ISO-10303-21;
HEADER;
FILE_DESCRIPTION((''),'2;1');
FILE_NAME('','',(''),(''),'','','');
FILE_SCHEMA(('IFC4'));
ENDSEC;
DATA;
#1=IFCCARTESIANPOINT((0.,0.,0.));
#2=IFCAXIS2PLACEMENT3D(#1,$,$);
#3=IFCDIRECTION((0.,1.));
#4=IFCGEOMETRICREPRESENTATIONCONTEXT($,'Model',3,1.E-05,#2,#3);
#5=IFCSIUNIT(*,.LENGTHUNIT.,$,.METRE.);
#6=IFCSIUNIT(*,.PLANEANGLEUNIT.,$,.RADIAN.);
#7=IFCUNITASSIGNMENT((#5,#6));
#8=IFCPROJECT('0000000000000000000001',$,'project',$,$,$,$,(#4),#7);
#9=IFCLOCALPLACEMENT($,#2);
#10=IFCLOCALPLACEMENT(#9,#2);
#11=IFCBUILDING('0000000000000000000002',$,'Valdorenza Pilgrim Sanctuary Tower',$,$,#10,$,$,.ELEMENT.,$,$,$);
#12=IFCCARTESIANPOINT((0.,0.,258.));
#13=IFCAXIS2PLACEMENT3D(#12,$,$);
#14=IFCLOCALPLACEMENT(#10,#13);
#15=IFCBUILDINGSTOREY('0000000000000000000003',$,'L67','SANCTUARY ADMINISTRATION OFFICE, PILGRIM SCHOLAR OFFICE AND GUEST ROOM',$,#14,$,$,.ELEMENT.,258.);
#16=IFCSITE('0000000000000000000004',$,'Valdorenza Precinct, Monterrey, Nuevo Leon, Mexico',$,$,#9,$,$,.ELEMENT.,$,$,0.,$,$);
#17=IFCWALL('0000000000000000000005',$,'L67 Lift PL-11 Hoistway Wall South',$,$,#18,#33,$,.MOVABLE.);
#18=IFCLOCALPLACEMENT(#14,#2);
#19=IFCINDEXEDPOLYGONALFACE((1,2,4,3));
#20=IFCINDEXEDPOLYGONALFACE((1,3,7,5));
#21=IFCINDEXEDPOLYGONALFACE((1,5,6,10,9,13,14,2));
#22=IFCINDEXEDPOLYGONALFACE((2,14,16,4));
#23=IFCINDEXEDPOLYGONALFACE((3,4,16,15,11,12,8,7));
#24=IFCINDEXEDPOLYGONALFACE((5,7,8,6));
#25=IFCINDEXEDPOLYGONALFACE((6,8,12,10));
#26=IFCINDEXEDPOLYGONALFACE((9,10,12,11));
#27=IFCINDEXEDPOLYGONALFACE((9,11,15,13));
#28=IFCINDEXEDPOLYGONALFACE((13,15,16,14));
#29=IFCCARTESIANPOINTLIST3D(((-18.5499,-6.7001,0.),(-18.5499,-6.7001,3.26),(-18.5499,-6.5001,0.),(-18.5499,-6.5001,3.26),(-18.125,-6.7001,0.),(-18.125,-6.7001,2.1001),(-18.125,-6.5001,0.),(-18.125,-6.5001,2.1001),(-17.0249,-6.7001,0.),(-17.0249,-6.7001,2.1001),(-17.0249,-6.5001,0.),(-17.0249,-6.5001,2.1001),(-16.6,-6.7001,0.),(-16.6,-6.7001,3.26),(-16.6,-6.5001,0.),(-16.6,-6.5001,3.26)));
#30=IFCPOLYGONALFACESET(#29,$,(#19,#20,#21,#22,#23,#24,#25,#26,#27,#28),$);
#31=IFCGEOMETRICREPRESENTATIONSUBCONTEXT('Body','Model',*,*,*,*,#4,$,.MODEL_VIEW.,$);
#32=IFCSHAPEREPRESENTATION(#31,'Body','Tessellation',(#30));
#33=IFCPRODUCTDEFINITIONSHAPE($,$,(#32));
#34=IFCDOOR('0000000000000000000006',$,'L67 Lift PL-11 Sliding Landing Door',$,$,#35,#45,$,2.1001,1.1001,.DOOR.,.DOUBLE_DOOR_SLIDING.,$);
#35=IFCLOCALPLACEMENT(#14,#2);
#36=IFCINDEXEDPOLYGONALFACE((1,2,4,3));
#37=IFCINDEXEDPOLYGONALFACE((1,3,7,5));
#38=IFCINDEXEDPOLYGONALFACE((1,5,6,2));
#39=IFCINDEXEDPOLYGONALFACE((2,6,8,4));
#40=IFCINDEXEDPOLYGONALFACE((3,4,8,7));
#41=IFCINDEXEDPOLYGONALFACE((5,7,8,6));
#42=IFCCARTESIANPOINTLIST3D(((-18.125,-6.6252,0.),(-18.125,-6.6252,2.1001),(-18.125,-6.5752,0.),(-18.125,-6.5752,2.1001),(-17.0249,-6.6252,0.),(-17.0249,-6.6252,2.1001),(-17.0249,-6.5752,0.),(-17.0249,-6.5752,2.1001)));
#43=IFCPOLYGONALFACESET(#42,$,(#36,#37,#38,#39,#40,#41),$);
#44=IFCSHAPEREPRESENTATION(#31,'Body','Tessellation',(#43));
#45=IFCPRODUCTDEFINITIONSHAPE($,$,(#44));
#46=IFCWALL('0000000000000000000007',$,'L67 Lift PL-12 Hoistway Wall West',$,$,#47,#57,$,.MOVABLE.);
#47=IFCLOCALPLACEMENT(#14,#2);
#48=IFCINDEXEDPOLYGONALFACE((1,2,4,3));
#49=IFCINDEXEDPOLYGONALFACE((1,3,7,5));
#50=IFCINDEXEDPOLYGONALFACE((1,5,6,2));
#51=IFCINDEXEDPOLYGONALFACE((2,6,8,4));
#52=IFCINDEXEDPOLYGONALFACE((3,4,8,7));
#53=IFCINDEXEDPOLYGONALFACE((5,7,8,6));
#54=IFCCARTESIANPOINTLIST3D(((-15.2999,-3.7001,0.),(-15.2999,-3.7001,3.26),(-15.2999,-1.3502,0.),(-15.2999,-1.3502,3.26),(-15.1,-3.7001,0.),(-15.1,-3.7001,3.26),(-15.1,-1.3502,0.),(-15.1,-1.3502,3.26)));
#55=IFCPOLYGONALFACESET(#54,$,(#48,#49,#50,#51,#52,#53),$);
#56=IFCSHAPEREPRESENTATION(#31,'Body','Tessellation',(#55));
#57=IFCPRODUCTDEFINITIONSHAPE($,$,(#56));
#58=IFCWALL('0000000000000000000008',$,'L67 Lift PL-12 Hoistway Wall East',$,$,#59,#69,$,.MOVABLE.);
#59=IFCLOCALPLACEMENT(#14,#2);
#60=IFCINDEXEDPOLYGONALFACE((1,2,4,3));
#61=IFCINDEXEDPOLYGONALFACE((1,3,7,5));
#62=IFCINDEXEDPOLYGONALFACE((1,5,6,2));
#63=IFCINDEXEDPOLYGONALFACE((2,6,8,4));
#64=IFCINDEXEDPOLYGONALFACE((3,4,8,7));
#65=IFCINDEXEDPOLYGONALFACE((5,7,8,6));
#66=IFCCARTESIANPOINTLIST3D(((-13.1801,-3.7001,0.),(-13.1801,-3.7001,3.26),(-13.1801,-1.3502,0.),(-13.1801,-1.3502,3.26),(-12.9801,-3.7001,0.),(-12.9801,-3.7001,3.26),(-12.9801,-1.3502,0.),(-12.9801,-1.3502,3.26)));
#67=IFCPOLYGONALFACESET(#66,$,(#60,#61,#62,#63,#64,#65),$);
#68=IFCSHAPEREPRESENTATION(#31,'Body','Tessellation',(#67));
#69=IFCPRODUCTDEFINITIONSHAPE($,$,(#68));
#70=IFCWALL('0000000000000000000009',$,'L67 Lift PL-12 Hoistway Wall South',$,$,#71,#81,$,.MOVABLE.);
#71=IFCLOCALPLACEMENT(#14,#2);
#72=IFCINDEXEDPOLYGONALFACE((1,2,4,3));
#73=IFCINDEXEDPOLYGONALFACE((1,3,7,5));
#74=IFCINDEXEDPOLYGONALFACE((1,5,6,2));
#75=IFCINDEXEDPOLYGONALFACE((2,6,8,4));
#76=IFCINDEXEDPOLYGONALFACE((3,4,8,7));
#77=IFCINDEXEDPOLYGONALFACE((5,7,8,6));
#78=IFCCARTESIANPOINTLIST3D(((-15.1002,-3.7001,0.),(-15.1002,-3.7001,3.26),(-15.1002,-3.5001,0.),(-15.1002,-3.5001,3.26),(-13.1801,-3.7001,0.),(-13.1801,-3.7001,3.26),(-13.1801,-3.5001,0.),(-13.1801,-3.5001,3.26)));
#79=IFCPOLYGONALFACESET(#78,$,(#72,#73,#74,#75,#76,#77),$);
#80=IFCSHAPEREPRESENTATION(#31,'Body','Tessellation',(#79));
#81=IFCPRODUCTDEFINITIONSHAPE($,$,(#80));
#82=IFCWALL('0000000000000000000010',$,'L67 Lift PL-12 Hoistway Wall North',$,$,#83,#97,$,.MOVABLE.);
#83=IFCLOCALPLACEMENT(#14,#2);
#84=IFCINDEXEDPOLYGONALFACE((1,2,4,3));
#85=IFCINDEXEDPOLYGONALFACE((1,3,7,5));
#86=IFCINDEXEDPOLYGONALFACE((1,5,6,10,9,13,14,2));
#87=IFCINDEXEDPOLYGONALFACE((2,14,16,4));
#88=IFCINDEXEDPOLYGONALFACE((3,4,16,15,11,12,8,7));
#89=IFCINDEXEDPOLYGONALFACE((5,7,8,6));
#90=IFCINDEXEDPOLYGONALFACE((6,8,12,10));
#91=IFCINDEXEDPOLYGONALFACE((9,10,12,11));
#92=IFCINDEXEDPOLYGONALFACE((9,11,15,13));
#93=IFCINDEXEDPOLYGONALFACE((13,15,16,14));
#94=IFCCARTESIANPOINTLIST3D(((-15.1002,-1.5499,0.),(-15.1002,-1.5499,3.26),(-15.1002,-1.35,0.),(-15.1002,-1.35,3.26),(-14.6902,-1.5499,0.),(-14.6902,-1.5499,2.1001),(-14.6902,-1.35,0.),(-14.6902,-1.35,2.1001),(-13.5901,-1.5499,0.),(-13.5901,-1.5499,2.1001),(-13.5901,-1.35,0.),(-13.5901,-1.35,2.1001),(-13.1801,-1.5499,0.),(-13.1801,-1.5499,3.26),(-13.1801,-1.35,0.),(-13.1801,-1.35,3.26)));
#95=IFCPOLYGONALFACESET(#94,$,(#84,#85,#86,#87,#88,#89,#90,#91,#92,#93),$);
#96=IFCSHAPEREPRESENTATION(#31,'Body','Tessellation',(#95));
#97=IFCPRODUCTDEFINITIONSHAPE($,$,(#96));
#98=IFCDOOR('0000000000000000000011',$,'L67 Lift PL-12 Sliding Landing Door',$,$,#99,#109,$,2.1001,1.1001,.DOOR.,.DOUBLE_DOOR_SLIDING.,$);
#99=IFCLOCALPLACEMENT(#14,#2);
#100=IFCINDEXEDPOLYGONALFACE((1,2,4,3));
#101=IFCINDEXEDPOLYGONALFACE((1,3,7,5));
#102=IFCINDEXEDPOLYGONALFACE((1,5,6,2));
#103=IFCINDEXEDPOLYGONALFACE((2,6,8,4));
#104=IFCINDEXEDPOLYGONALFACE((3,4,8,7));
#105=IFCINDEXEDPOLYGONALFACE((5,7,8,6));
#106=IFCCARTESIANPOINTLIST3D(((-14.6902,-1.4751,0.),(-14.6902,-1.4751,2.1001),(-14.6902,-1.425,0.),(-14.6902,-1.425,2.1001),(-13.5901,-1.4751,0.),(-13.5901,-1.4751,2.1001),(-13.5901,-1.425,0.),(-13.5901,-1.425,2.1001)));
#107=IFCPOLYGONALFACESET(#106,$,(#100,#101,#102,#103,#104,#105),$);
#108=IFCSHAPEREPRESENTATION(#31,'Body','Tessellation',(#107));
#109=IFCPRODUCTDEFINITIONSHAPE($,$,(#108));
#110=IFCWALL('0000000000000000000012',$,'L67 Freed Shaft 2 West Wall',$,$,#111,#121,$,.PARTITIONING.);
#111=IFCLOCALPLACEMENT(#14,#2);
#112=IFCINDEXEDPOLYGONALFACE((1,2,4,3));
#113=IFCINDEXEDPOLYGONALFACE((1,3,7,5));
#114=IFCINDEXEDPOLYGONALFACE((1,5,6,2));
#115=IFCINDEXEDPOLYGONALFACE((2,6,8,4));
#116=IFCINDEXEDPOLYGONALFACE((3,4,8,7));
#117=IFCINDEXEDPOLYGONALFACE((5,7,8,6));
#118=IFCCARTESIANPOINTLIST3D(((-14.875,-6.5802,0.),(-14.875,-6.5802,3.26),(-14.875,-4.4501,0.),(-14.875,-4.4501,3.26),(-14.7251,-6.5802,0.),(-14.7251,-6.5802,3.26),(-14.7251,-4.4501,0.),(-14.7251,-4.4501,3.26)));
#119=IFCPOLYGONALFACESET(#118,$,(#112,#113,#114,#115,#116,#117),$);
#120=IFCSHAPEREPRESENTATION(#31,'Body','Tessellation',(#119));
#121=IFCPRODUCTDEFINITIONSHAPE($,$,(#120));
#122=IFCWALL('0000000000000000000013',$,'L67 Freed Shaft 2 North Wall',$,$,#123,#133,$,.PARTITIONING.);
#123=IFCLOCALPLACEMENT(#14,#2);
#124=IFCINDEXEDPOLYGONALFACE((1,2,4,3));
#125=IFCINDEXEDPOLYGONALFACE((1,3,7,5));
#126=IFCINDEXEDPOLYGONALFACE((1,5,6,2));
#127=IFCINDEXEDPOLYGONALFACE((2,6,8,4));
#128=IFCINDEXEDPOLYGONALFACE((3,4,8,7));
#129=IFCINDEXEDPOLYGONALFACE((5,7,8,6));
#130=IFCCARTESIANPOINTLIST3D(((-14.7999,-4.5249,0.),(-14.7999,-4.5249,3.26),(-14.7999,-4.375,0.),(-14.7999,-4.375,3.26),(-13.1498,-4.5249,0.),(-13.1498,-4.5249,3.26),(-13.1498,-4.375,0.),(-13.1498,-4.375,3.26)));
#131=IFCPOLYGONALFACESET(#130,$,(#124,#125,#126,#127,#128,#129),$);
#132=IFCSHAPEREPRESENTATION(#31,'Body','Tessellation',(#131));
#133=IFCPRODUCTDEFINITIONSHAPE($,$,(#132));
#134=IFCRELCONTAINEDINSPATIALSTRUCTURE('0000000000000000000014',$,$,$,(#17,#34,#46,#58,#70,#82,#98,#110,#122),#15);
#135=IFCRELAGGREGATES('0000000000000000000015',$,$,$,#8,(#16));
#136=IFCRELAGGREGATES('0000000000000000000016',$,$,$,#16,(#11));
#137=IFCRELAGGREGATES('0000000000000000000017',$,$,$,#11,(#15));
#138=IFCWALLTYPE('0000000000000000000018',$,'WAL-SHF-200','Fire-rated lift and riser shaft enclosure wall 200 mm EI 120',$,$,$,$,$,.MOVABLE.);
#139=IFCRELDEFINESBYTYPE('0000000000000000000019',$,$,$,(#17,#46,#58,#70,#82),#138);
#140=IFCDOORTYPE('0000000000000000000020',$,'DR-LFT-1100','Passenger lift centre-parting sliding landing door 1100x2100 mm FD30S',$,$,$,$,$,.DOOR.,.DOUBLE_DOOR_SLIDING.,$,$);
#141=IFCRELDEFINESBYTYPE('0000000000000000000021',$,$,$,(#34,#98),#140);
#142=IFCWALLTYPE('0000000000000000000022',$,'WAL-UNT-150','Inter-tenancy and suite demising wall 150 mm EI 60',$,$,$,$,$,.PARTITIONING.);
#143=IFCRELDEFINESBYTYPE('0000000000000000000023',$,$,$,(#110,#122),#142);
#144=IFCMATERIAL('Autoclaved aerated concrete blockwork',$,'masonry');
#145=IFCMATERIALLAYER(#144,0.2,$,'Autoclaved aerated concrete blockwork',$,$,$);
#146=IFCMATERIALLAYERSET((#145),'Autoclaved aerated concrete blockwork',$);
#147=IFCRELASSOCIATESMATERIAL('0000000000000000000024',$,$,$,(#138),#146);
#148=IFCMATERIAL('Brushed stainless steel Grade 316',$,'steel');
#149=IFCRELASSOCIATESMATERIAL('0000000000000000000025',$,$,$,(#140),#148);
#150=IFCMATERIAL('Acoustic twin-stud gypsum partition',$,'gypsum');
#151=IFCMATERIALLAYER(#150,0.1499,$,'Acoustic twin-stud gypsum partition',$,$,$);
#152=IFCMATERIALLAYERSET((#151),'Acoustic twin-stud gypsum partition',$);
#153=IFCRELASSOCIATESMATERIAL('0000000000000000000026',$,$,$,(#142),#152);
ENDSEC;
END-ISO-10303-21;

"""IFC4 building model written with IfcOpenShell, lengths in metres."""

from ifc_helpers import new_model, si_unit, direction, frame, frame_2d, origin, place, context, subcontext, project, spatial, rectangle, extrude, material, layer, layer_set, type_object, element, fill, save


model = new_model("IFC4")

# Units and contexts
model_context = context("Model", 3, precision=1e-05, world=origin(), true_north=direction((0.0, 1.0)))
body_context = subcontext(model_context, "Body", "Model", "MODEL_VIEW")
ifc_project = project(units=[si_unit("LENGTHUNIT", "METRE"), si_unit("PLANEANGLEUNIT", "RADIAN")], contexts=[model_context])

# Site, building, storey
site_placement = place(None, origin())
site = spatial("IfcSite", under=ifc_project, at=site_placement, Name="Valdorenza Precinct, Monterrey, Nuevo Leon, Mexico", CompositionType="ELEMENT", RefElevation=0.0)
building_placement = place(site_placement, origin())
building = spatial("IfcBuilding", under=site, at=building_placement, Name="Valdorenza Pilgrim Sanctuary Tower", CompositionType="ELEMENT")
storey_placement = place(building_placement, frame((0.0, 0.0, 258.0)))
storey = spatial("IfcBuildingStorey", under=building, at=storey_placement, Name="L67", Description="SANCTUARY ADMINISTRATION OFFICE, PILGRIM SCHOLAR OFFICE AND GUEST ROOM", CompositionType="ELEMENT", Elevation=258.0)

# Shared definitions
ifc_material_1 = material(Name="Acoustic twin-stud gypsum partition", Category="gypsum")

# Shared definitions
ifc_material_2 = material(Name="Autoclaved aerated concrete blockwork", Category="masonry")
ifc_layer_1 = layer(ifc_material_2, 0.2, Name="Autoclaved aerated concrete blockwork")
ifc_layer_set_1 = layer_set([ifc_layer_1], Name="Autoclaved aerated concrete blockwork")
wall_type_1 = type_object("IfcWallType", Name="WAL-SHF-200", Description="Fire-rated lift and riser shaft enclosure wall 200 mm EI 120", PredefinedType="MOVABLE", material=ifc_layer_set_1)

# Wall, opening, door
wall_1_placement = place(storey_placement, frame((-18.55, -6.6001, 0.0), z_axis=(0.0, 0.0, 1.0), x_axis=(1.0, 0.0, 0.0)))
wall_1 = element("IfcWall", 1, at=wall_1_placement, inside=storey, type_object=wall_type_1, Name="L67 Lift PL-11 Hoistway Wall South", PredefinedType="MOVABLE", context=body_context, shape_type="SweptSolid", body=[
    extrude(rectangle(XDim=1.95, YDim=0.2, at=frame_2d((0.9751, 0.0))), origin(), (0.0, 0.0, 1.0), 3.26),
])
opening_1_placement = place(wall_1_placement, frame((0.425, 0.0, 0.0)))
opening_1 = element("IfcOpeningElement", 2, at=opening_1_placement, cuts=wall_1, PredefinedType="OPENING", context=body_context, shape_type="SweptSolid", body=[
    extrude(rectangle(XDim=1.1001, YDim=2.1001, at=frame_2d((0.55, 1.05))), frame((0.0, 0.1147, 0.0), z_axis=(0.0, -1.0, 0.0), x_axis=(1.0, 0.0, 0.0)), (0.0, 0.0, 1.0), 0.2297),
])
ifc_material_3 = material(Name="Brushed stainless steel Grade 316", Category="steel")
door_type_1 = type_object("IfcDoorType", Name="DR-LFT-1100", Description="Passenger lift centre-parting sliding landing door 1100x2100 mm FD30S", OperationType="DOUBLE_DOOR_SLIDING", PredefinedType="DOOR", material=ifc_material_3)
door_1_placement = place(opening_1_placement, origin())
door_1 = element("IfcDoor", 3, at=door_1_placement, inside=storey, type_object=door_type_1, Name="L67 Lift PL-11 Sliding Landing Door", OperationType="DOUBLE_DOOR_SLIDING", OverallHeight=2.1001, OverallWidth=1.1001, PredefinedType="DOOR", context=body_context, shape_type="SweptSolid", body=[
    extrude(rectangle(XDim=1.1001, YDim=2.1001, at=frame_2d((0.55, 1.05))), frame((0.0, 0.0249, 0.0), z_axis=(0.0, -1.0, 0.0), x_axis=(1.0, 0.0, 0.0)), (0.0, 0.0, 1.0), 0.05),
])
fill(opening_1, door_1)

# Walls
for number, where, z_axis, x_axis, name in (
    (4, (-15.2, -3.7, 0.0), (0.0, 0.0, 1.0), (0.0, 1.0, 0.0), "L67 Lift PL-12 Hoistway Wall West"),
    (5, (-13.0801, -3.7, 0.0), (0.0, 0.0, 1.0), (0.0, 1.0, 0.0), "L67 Lift PL-12 Hoistway Wall East"),
):
    element("IfcWall", number, at=place(storey_placement, frame(where, z_axis=z_axis, x_axis=x_axis)), inside=storey, type_object=wall_type_1, Name=name, PredefinedType="MOVABLE", context=body_context, shape_type="SweptSolid", body=[
        extrude(rectangle(XDim=2.3499, YDim=0.2, at=frame_2d((1.1748, 0.0))), origin(), (0.0, 0.0, 1.0), 3.26),
    ])
wall_2_placement = place(storey_placement, frame((-15.1001, -3.6001, 0.0), z_axis=(0.0, 0.0, 1.0), x_axis=(1.0, 0.0, 0.0)))
element("IfcWall", 6, at=wall_2_placement, inside=storey, type_object=wall_type_1, Name="L67 Lift PL-12 Hoistway Wall South", PredefinedType="MOVABLE", context=body_context, shape_type="SweptSolid", body=[
    extrude(rectangle(XDim=1.9202, YDim=0.2, at=frame_2d((0.96, 0.0))), origin(), (0.0, 0.0, 1.0), 3.26),
])

# Wall, opening, door
wall_3_placement = place(storey_placement, frame((-15.1001, -1.45, 0.0), z_axis=(0.0, 0.0, 1.0), x_axis=(1.0, 0.0, 0.0)))
wall_3 = element("IfcWall", 7, at=wall_3_placement, inside=storey, type_object=wall_type_1, Name="L67 Lift PL-12 Hoistway Wall North", PredefinedType="MOVABLE", context=body_context, shape_type="SweptSolid", body=[
    extrude(rectangle(XDim=1.9202, YDim=0.2, at=frame_2d((0.96, 0.0))), origin(), (0.0, 0.0, 1.0), 3.26),
])
opening_2_placement = place(wall_3_placement, frame((0.4099, 0.0, 0.0)))
opening_2 = element("IfcOpeningElement", 8, at=opening_2_placement, cuts=wall_3, PredefinedType="OPENING", context=body_context, shape_type="SweptSolid", body=[
    extrude(rectangle(XDim=1.1001, YDim=2.1001, at=frame_2d((0.55, 1.05))), frame((0.0, 0.1147, 0.0), z_axis=(0.0, -1.0, 0.0), x_axis=(1.0, 0.0, 0.0)), (0.0, 0.0, 1.0), 0.2297),
])
door_2_placement = place(opening_2_placement, origin())
door_2 = element("IfcDoor", 9, at=door_2_placement, inside=storey, type_object=door_type_1, Name="L67 Lift PL-12 Sliding Landing Door", OperationType="DOUBLE_DOOR_SLIDING", OverallHeight=2.1001, OverallWidth=1.1001, PredefinedType="DOOR", context=body_context, shape_type="SweptSolid", body=[
    extrude(rectangle(XDim=1.1001, YDim=2.1001, at=frame_2d((0.55, 1.05))), frame((0.0, 0.0249, 0.0), z_axis=(0.0, -1.0, 0.0), x_axis=(1.0, 0.0, 0.0)), (0.0, 0.0, 1.0), 0.05),
])
fill(opening_2, door_2)

# Walls
ifc_layer_2 = layer(ifc_material_1, 0.1499, Name="Acoustic twin-stud gypsum partition")
ifc_layer_set_2 = layer_set([ifc_layer_2], Name="Acoustic twin-stud gypsum partition")
wall_type_2 = type_object("IfcWallType", Name="WAL-UNT-150", Description="Inter-tenancy and suite demising wall 150 mm EI 60", PredefinedType="PARTITIONING", material=ifc_layer_set_2)
wall_4_placement = place(storey_placement, frame((-14.8, -6.5801, 0.0), z_axis=(0.0, 0.0, 1.0), x_axis=(0.0, 1.0, 0.0)))
element("IfcWall", 10, at=wall_4_placement, inside=storey, type_object=wall_type_2, Name="L67 Freed Shaft 2 West Wall", PredefinedType="PARTITIONING", context=body_context, shape_type="SweptSolid", body=[
    extrude(rectangle(XDim=2.1301, YDim=0.1499, at=frame_2d((1.0649, 0.0))), origin(), (0.0, 0.0, 1.0), 3.26),
])
wall_5_placement = place(storey_placement, frame((-14.8, -4.45, 0.0), z_axis=(0.0, 0.0, 1.0), x_axis=(1.0, 0.0, 0.0)))
element("IfcWall", 11, at=wall_5_placement, inside=storey, type_object=wall_type_2, Name="L67 Freed Shaft 2 North Wall", PredefinedType="PARTITIONING", context=body_context, shape_type="SweptSolid", body=[
    extrude(rectangle(XDim=1.6501, YDim=0.1499, at=frame_2d((0.8252, 0.0))), origin(), (0.0, 0.0, 1.0), 3.26),
])

save(model, "model.ifc")
